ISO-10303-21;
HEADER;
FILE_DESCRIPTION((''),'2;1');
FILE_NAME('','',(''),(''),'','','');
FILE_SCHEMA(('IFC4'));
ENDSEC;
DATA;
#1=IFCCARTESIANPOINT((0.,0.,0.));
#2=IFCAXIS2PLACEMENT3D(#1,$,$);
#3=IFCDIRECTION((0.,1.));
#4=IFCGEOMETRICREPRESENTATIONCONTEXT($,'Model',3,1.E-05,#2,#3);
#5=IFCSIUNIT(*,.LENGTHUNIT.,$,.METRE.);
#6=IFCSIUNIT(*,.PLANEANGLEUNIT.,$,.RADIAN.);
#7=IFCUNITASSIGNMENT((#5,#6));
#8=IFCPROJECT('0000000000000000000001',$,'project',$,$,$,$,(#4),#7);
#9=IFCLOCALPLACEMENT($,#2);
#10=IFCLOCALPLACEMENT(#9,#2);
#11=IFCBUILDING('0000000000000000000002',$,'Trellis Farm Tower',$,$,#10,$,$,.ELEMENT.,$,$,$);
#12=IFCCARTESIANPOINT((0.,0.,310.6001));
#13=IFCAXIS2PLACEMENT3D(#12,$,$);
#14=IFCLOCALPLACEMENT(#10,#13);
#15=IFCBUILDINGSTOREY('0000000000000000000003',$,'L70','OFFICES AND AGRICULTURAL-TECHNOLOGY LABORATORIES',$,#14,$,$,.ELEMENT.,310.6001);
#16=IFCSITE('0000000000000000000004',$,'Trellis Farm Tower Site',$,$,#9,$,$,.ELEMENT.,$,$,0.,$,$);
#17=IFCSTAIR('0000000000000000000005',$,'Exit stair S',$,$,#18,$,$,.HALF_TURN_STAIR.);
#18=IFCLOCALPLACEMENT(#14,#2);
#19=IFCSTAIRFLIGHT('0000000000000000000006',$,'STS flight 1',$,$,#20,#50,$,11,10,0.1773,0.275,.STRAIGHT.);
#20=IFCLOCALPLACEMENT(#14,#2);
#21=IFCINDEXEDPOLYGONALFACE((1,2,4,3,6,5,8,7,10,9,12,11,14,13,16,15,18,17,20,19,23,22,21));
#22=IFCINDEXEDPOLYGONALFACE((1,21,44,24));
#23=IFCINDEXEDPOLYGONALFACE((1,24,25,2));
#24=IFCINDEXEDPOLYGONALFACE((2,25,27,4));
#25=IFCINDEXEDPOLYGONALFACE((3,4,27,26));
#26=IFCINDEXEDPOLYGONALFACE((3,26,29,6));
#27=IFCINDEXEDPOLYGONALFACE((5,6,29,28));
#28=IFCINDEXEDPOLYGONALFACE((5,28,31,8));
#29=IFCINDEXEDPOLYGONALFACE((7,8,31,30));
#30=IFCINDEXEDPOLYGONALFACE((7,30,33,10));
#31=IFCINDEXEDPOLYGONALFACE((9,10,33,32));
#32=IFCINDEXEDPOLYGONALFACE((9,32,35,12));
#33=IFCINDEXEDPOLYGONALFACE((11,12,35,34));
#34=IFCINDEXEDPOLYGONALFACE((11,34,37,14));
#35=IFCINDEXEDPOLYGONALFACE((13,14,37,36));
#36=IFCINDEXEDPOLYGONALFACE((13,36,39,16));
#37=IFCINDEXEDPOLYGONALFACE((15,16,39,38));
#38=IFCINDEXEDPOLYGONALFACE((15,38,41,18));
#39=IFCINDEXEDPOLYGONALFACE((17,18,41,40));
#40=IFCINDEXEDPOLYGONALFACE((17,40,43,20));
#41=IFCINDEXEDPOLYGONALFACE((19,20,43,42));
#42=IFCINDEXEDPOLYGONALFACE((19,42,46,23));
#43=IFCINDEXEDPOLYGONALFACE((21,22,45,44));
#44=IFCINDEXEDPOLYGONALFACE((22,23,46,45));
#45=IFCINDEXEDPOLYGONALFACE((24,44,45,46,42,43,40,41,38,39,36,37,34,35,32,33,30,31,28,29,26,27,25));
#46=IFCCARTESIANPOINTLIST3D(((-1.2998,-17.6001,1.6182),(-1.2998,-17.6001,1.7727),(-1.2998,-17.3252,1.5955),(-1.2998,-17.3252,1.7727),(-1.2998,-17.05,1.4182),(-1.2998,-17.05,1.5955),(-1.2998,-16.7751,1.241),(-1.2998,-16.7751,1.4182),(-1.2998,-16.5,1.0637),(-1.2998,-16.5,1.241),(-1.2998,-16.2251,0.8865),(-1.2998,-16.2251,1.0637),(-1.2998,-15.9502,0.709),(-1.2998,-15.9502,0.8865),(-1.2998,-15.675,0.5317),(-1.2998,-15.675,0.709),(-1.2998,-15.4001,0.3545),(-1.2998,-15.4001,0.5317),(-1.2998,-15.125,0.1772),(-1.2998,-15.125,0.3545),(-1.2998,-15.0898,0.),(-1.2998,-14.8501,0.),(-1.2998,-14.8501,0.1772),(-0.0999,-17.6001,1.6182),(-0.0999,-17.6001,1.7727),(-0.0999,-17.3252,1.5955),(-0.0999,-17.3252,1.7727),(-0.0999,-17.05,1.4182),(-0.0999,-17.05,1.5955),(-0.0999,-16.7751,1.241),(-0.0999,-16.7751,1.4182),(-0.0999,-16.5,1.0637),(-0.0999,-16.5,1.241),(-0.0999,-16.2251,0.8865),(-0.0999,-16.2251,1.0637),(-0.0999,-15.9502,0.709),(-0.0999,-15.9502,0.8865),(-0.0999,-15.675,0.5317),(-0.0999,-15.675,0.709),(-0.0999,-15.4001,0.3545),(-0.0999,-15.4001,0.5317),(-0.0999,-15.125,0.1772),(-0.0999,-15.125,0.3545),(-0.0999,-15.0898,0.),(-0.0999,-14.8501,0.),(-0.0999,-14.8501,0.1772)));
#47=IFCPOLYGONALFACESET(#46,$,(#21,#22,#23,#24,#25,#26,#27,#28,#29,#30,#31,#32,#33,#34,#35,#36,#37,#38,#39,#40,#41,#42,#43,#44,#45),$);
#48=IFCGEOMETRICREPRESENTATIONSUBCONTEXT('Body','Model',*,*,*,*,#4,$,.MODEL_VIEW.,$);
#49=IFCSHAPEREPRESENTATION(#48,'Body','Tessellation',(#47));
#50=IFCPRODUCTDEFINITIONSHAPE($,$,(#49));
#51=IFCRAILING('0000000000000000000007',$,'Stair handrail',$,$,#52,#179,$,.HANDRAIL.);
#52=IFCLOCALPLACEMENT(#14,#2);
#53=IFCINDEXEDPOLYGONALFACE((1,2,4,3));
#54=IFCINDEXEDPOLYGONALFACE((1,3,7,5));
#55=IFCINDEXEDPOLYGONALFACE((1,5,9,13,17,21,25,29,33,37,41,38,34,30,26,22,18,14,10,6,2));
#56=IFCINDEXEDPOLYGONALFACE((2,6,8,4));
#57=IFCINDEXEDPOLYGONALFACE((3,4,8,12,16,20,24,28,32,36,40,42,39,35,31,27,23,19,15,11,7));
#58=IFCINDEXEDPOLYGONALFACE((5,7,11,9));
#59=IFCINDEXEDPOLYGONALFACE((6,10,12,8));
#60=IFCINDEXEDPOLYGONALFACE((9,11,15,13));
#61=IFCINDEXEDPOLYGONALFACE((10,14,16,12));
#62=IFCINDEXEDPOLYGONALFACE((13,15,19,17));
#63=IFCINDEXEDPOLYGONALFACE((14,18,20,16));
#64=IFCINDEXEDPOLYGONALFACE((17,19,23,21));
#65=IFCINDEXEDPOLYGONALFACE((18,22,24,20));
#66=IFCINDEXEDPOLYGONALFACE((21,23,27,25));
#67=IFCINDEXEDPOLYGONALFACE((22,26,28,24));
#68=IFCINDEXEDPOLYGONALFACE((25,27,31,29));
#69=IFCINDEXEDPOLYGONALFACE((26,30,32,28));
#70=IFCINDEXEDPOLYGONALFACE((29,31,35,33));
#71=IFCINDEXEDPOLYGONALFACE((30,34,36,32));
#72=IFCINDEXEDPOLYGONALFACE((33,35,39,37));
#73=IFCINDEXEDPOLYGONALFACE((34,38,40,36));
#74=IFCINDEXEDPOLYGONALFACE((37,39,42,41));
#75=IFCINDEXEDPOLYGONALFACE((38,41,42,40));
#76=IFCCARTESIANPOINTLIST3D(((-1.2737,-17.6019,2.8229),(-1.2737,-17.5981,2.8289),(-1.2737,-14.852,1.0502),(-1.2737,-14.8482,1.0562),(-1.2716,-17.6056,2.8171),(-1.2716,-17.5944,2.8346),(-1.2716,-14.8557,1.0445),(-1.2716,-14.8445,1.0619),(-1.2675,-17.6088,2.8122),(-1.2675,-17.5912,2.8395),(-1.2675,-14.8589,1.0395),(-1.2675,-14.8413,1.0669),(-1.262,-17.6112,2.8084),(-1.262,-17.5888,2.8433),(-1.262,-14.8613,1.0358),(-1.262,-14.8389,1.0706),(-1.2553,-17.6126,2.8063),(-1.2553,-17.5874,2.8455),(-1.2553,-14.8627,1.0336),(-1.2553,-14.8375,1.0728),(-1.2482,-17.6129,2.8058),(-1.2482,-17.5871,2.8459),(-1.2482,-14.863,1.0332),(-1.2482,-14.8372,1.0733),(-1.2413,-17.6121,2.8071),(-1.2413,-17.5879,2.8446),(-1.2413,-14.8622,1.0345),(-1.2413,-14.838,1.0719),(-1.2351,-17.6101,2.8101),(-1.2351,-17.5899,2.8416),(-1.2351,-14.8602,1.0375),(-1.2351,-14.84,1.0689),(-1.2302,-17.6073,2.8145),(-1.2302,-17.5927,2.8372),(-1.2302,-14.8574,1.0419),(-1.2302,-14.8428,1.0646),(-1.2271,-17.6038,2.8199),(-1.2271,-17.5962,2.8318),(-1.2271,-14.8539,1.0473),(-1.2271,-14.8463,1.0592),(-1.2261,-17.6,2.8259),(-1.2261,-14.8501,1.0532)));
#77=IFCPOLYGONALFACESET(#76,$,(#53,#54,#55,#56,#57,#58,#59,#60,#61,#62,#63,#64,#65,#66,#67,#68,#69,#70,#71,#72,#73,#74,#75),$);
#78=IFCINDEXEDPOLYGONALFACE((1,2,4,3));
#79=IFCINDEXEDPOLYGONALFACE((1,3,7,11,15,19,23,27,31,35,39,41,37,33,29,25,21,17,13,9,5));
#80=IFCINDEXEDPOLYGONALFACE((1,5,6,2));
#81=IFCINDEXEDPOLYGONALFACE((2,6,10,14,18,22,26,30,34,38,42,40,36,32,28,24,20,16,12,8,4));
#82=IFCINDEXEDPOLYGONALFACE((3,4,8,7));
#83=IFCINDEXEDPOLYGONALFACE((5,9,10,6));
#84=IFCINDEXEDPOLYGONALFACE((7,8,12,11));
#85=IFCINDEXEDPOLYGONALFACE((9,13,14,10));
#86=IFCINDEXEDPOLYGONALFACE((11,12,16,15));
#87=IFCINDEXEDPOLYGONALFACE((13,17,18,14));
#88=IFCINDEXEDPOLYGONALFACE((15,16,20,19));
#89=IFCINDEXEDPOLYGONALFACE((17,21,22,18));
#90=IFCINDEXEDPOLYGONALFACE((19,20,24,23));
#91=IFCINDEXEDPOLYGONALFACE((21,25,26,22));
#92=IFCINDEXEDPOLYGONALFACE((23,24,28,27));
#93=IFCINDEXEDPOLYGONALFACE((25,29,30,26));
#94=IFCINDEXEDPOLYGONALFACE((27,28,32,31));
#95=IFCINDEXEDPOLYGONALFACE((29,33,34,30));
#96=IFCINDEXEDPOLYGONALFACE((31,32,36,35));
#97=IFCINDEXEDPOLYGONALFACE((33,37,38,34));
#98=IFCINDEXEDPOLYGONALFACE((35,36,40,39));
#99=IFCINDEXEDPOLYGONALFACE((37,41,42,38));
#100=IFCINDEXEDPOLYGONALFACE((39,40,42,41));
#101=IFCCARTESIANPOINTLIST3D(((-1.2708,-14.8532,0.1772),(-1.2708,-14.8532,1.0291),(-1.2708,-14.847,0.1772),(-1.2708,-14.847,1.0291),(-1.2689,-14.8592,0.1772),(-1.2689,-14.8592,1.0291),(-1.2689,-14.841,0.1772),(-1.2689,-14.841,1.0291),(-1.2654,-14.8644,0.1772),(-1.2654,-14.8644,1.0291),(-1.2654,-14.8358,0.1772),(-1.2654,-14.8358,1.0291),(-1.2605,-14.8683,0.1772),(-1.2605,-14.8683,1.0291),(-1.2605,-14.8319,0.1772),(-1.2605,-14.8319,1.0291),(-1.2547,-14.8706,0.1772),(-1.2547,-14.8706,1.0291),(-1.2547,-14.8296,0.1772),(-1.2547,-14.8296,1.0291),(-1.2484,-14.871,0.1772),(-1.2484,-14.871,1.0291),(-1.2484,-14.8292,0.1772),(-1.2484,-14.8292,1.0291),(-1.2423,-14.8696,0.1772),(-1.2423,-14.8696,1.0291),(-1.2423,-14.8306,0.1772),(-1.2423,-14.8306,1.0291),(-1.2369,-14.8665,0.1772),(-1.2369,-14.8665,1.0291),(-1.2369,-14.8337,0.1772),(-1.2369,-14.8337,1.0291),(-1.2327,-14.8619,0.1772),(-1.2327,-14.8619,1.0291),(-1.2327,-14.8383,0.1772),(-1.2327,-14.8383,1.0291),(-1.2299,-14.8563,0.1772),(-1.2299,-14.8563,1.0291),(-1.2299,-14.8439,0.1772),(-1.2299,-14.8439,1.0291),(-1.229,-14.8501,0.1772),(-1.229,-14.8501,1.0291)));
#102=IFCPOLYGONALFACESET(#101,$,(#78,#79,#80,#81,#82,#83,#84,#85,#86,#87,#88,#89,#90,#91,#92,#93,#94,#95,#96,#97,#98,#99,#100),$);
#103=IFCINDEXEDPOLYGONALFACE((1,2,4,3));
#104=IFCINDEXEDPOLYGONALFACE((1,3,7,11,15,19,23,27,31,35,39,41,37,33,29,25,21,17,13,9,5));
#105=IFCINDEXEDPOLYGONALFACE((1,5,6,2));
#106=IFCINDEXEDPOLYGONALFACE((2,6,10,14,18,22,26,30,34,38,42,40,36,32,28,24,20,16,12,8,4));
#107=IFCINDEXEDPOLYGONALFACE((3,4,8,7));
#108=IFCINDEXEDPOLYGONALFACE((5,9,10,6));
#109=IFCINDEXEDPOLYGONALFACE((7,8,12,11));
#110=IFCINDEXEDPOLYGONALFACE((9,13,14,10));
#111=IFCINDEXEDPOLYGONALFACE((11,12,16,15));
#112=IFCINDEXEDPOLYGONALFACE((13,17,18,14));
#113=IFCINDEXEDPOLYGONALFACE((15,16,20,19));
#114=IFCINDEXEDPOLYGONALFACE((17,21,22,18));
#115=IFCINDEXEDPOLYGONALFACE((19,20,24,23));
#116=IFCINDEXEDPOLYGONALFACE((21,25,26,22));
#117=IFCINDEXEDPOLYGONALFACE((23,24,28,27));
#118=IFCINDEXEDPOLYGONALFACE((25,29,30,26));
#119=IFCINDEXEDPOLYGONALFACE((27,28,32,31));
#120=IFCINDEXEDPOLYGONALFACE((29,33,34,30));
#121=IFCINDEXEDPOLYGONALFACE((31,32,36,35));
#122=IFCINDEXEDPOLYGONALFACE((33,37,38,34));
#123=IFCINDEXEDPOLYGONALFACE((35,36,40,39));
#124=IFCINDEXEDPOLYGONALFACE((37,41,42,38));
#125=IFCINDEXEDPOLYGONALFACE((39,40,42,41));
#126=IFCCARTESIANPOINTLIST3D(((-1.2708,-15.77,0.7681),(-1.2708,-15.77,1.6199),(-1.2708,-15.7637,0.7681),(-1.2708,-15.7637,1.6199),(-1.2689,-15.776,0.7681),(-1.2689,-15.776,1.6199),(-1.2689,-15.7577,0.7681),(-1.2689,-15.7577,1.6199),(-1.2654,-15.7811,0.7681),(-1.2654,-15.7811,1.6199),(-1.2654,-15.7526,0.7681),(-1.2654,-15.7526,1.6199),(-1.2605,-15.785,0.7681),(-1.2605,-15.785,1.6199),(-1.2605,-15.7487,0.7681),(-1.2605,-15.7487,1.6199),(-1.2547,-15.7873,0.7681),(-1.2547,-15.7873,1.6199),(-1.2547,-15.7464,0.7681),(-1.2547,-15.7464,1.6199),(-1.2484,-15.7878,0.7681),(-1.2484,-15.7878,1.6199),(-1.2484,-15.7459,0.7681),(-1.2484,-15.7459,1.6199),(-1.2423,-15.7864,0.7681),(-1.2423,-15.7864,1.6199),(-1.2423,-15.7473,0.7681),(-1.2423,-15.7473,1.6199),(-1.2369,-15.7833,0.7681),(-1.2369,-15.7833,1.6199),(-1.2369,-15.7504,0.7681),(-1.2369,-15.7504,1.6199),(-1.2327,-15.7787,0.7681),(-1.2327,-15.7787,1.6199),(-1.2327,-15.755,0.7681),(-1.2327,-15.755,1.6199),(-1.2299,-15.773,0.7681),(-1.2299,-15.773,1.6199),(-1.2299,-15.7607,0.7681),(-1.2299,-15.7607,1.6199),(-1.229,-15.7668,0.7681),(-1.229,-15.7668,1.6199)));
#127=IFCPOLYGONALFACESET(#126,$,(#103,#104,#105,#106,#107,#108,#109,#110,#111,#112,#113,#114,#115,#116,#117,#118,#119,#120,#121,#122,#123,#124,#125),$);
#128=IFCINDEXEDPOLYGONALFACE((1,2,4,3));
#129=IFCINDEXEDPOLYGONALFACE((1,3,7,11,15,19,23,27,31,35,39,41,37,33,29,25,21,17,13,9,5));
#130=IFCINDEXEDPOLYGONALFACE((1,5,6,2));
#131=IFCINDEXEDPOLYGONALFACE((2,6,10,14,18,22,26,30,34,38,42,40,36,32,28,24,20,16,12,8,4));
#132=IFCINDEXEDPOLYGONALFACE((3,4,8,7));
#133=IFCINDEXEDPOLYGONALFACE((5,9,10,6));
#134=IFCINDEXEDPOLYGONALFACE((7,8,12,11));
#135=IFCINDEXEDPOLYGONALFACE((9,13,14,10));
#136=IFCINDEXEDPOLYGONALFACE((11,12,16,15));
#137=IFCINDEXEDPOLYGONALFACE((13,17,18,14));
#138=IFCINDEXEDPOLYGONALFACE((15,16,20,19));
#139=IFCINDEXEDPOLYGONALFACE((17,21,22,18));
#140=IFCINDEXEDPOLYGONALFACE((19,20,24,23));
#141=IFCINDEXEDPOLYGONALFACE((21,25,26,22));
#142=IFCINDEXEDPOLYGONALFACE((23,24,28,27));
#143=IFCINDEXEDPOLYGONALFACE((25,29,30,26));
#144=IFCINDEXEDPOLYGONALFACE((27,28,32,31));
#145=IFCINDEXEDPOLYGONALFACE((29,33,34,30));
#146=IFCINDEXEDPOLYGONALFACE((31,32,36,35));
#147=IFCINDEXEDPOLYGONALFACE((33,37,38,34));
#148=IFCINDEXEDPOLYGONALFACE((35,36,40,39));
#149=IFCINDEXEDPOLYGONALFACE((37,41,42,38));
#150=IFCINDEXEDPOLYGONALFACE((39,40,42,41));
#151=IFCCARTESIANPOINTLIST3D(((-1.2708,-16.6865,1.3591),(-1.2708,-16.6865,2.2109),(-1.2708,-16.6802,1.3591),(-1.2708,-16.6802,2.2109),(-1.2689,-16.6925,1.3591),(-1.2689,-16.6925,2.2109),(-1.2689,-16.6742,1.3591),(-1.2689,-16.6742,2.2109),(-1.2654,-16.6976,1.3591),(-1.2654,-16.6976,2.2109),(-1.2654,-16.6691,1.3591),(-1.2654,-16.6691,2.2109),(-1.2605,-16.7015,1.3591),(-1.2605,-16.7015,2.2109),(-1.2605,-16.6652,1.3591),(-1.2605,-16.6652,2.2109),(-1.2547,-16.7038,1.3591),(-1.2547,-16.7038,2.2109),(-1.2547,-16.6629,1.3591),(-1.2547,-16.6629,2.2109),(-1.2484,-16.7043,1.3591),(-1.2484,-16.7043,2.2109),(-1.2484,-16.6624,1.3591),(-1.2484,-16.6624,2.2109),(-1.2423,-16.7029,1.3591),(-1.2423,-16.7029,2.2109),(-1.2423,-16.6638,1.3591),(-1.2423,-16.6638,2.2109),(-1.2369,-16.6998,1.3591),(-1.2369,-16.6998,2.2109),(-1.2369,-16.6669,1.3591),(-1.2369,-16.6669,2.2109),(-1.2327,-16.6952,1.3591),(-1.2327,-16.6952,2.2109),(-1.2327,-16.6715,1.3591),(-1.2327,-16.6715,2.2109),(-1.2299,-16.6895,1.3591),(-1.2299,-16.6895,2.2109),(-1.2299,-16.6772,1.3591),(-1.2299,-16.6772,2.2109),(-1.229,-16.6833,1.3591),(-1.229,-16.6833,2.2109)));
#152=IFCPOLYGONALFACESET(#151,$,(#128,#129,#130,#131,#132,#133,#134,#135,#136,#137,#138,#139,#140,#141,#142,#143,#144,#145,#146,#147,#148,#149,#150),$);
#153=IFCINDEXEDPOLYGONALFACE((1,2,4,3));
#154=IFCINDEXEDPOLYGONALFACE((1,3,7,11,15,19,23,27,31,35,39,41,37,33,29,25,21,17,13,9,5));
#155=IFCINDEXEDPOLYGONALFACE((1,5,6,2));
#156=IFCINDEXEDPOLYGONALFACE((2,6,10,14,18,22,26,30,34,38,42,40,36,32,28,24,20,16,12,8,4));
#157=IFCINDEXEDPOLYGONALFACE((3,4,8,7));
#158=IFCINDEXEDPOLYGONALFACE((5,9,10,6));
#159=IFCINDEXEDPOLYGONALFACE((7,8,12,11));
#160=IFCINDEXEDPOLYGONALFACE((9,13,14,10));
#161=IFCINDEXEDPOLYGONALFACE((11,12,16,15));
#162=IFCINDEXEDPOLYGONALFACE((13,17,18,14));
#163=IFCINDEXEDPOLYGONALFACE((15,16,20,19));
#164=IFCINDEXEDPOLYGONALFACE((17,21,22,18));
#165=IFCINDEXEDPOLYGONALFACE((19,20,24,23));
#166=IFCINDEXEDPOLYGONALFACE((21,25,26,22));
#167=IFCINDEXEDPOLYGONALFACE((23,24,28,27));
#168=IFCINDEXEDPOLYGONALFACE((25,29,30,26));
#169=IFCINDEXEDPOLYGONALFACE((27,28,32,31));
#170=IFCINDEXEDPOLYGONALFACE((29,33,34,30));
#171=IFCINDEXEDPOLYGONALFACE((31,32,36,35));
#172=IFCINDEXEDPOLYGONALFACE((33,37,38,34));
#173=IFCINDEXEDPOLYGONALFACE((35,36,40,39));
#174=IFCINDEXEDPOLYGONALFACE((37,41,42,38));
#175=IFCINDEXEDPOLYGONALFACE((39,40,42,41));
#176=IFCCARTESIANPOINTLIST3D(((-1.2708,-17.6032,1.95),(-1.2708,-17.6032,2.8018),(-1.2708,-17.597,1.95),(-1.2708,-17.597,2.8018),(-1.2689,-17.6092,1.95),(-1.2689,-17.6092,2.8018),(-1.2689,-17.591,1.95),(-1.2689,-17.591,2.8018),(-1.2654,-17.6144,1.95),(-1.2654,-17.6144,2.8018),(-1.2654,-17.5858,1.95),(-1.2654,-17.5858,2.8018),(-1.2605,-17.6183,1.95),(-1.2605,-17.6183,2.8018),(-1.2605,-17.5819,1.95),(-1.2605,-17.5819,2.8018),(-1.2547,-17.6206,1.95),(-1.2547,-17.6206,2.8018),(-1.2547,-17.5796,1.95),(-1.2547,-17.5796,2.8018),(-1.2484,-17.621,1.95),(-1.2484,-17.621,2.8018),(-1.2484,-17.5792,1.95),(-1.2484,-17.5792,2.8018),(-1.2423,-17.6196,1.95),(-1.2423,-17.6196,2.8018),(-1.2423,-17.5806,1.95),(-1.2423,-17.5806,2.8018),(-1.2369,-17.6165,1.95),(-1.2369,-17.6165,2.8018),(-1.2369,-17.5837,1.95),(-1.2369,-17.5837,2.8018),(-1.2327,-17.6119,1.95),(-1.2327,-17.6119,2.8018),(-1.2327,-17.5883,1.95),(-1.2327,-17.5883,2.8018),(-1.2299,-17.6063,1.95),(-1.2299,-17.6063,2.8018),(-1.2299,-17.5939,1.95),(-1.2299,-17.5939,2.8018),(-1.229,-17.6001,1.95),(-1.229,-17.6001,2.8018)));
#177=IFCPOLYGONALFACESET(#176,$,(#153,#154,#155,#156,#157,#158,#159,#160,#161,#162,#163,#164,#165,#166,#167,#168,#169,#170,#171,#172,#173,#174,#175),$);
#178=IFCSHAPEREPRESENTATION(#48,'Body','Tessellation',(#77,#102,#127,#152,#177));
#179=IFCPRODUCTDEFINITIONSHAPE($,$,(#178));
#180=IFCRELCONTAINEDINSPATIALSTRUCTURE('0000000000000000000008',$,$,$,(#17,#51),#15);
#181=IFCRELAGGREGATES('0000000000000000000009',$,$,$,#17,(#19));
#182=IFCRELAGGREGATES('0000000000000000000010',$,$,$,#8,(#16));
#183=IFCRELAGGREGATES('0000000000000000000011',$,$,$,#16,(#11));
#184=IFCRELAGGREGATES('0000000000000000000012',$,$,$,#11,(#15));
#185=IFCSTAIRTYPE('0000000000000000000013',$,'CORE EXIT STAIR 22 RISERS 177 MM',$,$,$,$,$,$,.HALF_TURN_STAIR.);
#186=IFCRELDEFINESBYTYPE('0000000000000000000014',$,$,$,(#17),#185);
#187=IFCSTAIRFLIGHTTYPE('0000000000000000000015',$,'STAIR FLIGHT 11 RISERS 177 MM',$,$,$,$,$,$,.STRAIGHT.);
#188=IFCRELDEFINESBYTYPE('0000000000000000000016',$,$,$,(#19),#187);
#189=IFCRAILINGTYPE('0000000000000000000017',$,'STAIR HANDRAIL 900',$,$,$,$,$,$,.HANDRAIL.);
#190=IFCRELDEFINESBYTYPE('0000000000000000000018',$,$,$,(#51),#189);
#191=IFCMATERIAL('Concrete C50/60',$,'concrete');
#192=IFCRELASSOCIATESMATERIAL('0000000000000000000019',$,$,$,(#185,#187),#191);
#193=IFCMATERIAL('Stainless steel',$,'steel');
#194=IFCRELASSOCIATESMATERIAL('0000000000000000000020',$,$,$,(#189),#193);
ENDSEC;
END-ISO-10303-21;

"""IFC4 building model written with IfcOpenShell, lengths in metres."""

from ifc_helpers import new_model, si_unit, direction, frame, origin, origin_2d, place, context, subcontext, project, spatial, polyline, circle, outline, extrude, source, transform, mapped, material, type_object, element, aggregate, save


model = new_model("IFC4")

# Units and contexts
model_context = context("Model", 3, precision=1e-05, world=origin(), true_north=direction((0.0, 1.0)))
body_context = subcontext(model_context, "Body", "Model", "MODEL_VIEW")
ifc_project = project(units=[si_unit("LENGTHUNIT", "METRE"), si_unit("PLANEANGLEUNIT", "RADIAN")], contexts=[model_context])

# Site, building, storey
site_placement = place(None, origin())
site = spatial("IfcSite", under=ifc_project, at=site_placement, Name="Trellis Farm Tower Site", CompositionType="ELEMENT", RefElevation=0.0)
building_placement = place(site_placement, origin())
building = spatial("IfcBuilding", under=site, at=building_placement, Name="Trellis Farm Tower", CompositionType="ELEMENT")
storey_placement = place(building_placement, frame((0.0, 0.0, 310.6001)))
storey = spatial("IfcBuildingStorey", under=building, at=storey_placement, Name="L70", Description="OFFICES AND AGRICULTURAL-TECHNOLOGY LABORATORIES", CompositionType="ELEMENT", Elevation=310.6001)

# Shared definitions
placement = place(storey_placement, origin())

# Shared definitions
ifc_material_1 = material(Name="Concrete C50/60", Category="concrete")

# Stair, stair flight
stair_type = type_object("IfcStairType", Name="CORE EXIT STAIR 22 RISERS 177 MM", PredefinedType="HALF_TURN_STAIR", material=ifc_material_1)
stair = element("IfcStair", 1, at=placement, inside=storey, type_object=stair_type, Name="Exit stair S", PredefinedType="HALF_TURN_STAIR")
stair_flight_type = type_object("IfcStairFlightType", Name="STAIR FLIGHT 11 RISERS 177 MM", PredefinedType="STRAIGHT", material=ifc_material_1)
shared_shape_1 = source(origin(), body_context, "Body", "SweptSolid", [
    extrude(outline(polyline([(0.0, 0.0), (0.0, 0.1772), (0.2749, 0.1772), (0.2749, 0.3545), (0.55, 0.3545), (0.55, 0.5317), (0.825, 0.5317), (0.825, 0.709), (1.1001, 0.709), (1.1001, 0.8865), (1.375, 0.8865), (1.375, 1.0637), (1.6499, 1.0637), (1.6499, 1.241), (1.925, 1.241), (1.925, 1.4182), (2.2, 1.4182), (2.2, 1.5955), (2.4751, 1.5955), (2.4751, 1.7727), (2.75, 1.7727), (2.75, 1.95), (2.75, 1.6182), (0.2397, 0.0), (0.0, 0.0)])), frame((0.0, 0.6001, 0.0), z_axis=(0.0, -1.0, 0.0), x_axis=(1.0, 0.0, 0.0)), (0.0, 0.0, 1.0), 1.2),
])
stair_flight_placement = place(storey_placement, frame((-0.7, -14.8501, 0.0), z_axis=(0.0, 0.0, 1.0), x_axis=(0.0, -1.0, 0.0)))
stair_flight = element("IfcStairFlight", 2, at=stair_flight_placement, type_object=stair_flight_type, Name="STS flight 1", NumberOfRisers=11, NumberOfTreads=10, PredefinedType="STRAIGHT", RiserHeight=0.1773, TreadLength=0.275, context=body_context, shape_type="MappedRepresentation", body=[
    mapped(shared_shape_1, transform((0.0, 0.0, 0.0))),
])
aggregate(stair, [stair_flight])

# Railing
ifc_material_2 = material(Name="Stainless steel", Category="steel")
railing_type = type_object("IfcRailingType", Name="STAIR HANDRAIL 900", PredefinedType="HANDRAIL", material=ifc_material_2)
shared_shape_2 = source(origin(), body_context, "Body", "SweptSolid", [
    extrude(circle(Radius=0.0239, at=origin_2d()), frame((0.0, 0.0, 0.876), z_axis=(0.0, -0.840504, 0.541806), x_axis=(1.0, 0.0, 0.0)), (0.0, 0.0, 1.0), 3.2717),
    extrude(circle(Radius=0.021, at=origin_2d()), origin(), (0.0, 0.0, 1.0), 0.8518),
    extrude(circle(Radius=0.021, at=origin_2d()), frame((0.0, -0.9167, 0.5908)), (0.0, 0.0, 1.0), 0.8518),
    extrude(circle(Radius=0.021, at=origin_2d()), frame((0.0, -1.8333, 1.1819)), (0.0, 0.0, 1.0), 0.8518),
    extrude(circle(Radius=0.021, at=origin_2d()), frame((0.0, -2.75, 1.7727)), (0.0, 0.0, 1.0), 0.8518),
])
railing_placement = place(storey_placement, frame((-1.25, -14.8501, 0.1772)))
element("IfcRailing", 3, at=railing_placement, inside=storey, type_object=railing_type, Name="Stair handrail", PredefinedType="HANDRAIL", context=body_context, shape_type="MappedRepresentation", body=[
    mapped(shared_shape_2, transform((0.0, 0.0, 0.0))),
])

save(model, "model.ifc")
